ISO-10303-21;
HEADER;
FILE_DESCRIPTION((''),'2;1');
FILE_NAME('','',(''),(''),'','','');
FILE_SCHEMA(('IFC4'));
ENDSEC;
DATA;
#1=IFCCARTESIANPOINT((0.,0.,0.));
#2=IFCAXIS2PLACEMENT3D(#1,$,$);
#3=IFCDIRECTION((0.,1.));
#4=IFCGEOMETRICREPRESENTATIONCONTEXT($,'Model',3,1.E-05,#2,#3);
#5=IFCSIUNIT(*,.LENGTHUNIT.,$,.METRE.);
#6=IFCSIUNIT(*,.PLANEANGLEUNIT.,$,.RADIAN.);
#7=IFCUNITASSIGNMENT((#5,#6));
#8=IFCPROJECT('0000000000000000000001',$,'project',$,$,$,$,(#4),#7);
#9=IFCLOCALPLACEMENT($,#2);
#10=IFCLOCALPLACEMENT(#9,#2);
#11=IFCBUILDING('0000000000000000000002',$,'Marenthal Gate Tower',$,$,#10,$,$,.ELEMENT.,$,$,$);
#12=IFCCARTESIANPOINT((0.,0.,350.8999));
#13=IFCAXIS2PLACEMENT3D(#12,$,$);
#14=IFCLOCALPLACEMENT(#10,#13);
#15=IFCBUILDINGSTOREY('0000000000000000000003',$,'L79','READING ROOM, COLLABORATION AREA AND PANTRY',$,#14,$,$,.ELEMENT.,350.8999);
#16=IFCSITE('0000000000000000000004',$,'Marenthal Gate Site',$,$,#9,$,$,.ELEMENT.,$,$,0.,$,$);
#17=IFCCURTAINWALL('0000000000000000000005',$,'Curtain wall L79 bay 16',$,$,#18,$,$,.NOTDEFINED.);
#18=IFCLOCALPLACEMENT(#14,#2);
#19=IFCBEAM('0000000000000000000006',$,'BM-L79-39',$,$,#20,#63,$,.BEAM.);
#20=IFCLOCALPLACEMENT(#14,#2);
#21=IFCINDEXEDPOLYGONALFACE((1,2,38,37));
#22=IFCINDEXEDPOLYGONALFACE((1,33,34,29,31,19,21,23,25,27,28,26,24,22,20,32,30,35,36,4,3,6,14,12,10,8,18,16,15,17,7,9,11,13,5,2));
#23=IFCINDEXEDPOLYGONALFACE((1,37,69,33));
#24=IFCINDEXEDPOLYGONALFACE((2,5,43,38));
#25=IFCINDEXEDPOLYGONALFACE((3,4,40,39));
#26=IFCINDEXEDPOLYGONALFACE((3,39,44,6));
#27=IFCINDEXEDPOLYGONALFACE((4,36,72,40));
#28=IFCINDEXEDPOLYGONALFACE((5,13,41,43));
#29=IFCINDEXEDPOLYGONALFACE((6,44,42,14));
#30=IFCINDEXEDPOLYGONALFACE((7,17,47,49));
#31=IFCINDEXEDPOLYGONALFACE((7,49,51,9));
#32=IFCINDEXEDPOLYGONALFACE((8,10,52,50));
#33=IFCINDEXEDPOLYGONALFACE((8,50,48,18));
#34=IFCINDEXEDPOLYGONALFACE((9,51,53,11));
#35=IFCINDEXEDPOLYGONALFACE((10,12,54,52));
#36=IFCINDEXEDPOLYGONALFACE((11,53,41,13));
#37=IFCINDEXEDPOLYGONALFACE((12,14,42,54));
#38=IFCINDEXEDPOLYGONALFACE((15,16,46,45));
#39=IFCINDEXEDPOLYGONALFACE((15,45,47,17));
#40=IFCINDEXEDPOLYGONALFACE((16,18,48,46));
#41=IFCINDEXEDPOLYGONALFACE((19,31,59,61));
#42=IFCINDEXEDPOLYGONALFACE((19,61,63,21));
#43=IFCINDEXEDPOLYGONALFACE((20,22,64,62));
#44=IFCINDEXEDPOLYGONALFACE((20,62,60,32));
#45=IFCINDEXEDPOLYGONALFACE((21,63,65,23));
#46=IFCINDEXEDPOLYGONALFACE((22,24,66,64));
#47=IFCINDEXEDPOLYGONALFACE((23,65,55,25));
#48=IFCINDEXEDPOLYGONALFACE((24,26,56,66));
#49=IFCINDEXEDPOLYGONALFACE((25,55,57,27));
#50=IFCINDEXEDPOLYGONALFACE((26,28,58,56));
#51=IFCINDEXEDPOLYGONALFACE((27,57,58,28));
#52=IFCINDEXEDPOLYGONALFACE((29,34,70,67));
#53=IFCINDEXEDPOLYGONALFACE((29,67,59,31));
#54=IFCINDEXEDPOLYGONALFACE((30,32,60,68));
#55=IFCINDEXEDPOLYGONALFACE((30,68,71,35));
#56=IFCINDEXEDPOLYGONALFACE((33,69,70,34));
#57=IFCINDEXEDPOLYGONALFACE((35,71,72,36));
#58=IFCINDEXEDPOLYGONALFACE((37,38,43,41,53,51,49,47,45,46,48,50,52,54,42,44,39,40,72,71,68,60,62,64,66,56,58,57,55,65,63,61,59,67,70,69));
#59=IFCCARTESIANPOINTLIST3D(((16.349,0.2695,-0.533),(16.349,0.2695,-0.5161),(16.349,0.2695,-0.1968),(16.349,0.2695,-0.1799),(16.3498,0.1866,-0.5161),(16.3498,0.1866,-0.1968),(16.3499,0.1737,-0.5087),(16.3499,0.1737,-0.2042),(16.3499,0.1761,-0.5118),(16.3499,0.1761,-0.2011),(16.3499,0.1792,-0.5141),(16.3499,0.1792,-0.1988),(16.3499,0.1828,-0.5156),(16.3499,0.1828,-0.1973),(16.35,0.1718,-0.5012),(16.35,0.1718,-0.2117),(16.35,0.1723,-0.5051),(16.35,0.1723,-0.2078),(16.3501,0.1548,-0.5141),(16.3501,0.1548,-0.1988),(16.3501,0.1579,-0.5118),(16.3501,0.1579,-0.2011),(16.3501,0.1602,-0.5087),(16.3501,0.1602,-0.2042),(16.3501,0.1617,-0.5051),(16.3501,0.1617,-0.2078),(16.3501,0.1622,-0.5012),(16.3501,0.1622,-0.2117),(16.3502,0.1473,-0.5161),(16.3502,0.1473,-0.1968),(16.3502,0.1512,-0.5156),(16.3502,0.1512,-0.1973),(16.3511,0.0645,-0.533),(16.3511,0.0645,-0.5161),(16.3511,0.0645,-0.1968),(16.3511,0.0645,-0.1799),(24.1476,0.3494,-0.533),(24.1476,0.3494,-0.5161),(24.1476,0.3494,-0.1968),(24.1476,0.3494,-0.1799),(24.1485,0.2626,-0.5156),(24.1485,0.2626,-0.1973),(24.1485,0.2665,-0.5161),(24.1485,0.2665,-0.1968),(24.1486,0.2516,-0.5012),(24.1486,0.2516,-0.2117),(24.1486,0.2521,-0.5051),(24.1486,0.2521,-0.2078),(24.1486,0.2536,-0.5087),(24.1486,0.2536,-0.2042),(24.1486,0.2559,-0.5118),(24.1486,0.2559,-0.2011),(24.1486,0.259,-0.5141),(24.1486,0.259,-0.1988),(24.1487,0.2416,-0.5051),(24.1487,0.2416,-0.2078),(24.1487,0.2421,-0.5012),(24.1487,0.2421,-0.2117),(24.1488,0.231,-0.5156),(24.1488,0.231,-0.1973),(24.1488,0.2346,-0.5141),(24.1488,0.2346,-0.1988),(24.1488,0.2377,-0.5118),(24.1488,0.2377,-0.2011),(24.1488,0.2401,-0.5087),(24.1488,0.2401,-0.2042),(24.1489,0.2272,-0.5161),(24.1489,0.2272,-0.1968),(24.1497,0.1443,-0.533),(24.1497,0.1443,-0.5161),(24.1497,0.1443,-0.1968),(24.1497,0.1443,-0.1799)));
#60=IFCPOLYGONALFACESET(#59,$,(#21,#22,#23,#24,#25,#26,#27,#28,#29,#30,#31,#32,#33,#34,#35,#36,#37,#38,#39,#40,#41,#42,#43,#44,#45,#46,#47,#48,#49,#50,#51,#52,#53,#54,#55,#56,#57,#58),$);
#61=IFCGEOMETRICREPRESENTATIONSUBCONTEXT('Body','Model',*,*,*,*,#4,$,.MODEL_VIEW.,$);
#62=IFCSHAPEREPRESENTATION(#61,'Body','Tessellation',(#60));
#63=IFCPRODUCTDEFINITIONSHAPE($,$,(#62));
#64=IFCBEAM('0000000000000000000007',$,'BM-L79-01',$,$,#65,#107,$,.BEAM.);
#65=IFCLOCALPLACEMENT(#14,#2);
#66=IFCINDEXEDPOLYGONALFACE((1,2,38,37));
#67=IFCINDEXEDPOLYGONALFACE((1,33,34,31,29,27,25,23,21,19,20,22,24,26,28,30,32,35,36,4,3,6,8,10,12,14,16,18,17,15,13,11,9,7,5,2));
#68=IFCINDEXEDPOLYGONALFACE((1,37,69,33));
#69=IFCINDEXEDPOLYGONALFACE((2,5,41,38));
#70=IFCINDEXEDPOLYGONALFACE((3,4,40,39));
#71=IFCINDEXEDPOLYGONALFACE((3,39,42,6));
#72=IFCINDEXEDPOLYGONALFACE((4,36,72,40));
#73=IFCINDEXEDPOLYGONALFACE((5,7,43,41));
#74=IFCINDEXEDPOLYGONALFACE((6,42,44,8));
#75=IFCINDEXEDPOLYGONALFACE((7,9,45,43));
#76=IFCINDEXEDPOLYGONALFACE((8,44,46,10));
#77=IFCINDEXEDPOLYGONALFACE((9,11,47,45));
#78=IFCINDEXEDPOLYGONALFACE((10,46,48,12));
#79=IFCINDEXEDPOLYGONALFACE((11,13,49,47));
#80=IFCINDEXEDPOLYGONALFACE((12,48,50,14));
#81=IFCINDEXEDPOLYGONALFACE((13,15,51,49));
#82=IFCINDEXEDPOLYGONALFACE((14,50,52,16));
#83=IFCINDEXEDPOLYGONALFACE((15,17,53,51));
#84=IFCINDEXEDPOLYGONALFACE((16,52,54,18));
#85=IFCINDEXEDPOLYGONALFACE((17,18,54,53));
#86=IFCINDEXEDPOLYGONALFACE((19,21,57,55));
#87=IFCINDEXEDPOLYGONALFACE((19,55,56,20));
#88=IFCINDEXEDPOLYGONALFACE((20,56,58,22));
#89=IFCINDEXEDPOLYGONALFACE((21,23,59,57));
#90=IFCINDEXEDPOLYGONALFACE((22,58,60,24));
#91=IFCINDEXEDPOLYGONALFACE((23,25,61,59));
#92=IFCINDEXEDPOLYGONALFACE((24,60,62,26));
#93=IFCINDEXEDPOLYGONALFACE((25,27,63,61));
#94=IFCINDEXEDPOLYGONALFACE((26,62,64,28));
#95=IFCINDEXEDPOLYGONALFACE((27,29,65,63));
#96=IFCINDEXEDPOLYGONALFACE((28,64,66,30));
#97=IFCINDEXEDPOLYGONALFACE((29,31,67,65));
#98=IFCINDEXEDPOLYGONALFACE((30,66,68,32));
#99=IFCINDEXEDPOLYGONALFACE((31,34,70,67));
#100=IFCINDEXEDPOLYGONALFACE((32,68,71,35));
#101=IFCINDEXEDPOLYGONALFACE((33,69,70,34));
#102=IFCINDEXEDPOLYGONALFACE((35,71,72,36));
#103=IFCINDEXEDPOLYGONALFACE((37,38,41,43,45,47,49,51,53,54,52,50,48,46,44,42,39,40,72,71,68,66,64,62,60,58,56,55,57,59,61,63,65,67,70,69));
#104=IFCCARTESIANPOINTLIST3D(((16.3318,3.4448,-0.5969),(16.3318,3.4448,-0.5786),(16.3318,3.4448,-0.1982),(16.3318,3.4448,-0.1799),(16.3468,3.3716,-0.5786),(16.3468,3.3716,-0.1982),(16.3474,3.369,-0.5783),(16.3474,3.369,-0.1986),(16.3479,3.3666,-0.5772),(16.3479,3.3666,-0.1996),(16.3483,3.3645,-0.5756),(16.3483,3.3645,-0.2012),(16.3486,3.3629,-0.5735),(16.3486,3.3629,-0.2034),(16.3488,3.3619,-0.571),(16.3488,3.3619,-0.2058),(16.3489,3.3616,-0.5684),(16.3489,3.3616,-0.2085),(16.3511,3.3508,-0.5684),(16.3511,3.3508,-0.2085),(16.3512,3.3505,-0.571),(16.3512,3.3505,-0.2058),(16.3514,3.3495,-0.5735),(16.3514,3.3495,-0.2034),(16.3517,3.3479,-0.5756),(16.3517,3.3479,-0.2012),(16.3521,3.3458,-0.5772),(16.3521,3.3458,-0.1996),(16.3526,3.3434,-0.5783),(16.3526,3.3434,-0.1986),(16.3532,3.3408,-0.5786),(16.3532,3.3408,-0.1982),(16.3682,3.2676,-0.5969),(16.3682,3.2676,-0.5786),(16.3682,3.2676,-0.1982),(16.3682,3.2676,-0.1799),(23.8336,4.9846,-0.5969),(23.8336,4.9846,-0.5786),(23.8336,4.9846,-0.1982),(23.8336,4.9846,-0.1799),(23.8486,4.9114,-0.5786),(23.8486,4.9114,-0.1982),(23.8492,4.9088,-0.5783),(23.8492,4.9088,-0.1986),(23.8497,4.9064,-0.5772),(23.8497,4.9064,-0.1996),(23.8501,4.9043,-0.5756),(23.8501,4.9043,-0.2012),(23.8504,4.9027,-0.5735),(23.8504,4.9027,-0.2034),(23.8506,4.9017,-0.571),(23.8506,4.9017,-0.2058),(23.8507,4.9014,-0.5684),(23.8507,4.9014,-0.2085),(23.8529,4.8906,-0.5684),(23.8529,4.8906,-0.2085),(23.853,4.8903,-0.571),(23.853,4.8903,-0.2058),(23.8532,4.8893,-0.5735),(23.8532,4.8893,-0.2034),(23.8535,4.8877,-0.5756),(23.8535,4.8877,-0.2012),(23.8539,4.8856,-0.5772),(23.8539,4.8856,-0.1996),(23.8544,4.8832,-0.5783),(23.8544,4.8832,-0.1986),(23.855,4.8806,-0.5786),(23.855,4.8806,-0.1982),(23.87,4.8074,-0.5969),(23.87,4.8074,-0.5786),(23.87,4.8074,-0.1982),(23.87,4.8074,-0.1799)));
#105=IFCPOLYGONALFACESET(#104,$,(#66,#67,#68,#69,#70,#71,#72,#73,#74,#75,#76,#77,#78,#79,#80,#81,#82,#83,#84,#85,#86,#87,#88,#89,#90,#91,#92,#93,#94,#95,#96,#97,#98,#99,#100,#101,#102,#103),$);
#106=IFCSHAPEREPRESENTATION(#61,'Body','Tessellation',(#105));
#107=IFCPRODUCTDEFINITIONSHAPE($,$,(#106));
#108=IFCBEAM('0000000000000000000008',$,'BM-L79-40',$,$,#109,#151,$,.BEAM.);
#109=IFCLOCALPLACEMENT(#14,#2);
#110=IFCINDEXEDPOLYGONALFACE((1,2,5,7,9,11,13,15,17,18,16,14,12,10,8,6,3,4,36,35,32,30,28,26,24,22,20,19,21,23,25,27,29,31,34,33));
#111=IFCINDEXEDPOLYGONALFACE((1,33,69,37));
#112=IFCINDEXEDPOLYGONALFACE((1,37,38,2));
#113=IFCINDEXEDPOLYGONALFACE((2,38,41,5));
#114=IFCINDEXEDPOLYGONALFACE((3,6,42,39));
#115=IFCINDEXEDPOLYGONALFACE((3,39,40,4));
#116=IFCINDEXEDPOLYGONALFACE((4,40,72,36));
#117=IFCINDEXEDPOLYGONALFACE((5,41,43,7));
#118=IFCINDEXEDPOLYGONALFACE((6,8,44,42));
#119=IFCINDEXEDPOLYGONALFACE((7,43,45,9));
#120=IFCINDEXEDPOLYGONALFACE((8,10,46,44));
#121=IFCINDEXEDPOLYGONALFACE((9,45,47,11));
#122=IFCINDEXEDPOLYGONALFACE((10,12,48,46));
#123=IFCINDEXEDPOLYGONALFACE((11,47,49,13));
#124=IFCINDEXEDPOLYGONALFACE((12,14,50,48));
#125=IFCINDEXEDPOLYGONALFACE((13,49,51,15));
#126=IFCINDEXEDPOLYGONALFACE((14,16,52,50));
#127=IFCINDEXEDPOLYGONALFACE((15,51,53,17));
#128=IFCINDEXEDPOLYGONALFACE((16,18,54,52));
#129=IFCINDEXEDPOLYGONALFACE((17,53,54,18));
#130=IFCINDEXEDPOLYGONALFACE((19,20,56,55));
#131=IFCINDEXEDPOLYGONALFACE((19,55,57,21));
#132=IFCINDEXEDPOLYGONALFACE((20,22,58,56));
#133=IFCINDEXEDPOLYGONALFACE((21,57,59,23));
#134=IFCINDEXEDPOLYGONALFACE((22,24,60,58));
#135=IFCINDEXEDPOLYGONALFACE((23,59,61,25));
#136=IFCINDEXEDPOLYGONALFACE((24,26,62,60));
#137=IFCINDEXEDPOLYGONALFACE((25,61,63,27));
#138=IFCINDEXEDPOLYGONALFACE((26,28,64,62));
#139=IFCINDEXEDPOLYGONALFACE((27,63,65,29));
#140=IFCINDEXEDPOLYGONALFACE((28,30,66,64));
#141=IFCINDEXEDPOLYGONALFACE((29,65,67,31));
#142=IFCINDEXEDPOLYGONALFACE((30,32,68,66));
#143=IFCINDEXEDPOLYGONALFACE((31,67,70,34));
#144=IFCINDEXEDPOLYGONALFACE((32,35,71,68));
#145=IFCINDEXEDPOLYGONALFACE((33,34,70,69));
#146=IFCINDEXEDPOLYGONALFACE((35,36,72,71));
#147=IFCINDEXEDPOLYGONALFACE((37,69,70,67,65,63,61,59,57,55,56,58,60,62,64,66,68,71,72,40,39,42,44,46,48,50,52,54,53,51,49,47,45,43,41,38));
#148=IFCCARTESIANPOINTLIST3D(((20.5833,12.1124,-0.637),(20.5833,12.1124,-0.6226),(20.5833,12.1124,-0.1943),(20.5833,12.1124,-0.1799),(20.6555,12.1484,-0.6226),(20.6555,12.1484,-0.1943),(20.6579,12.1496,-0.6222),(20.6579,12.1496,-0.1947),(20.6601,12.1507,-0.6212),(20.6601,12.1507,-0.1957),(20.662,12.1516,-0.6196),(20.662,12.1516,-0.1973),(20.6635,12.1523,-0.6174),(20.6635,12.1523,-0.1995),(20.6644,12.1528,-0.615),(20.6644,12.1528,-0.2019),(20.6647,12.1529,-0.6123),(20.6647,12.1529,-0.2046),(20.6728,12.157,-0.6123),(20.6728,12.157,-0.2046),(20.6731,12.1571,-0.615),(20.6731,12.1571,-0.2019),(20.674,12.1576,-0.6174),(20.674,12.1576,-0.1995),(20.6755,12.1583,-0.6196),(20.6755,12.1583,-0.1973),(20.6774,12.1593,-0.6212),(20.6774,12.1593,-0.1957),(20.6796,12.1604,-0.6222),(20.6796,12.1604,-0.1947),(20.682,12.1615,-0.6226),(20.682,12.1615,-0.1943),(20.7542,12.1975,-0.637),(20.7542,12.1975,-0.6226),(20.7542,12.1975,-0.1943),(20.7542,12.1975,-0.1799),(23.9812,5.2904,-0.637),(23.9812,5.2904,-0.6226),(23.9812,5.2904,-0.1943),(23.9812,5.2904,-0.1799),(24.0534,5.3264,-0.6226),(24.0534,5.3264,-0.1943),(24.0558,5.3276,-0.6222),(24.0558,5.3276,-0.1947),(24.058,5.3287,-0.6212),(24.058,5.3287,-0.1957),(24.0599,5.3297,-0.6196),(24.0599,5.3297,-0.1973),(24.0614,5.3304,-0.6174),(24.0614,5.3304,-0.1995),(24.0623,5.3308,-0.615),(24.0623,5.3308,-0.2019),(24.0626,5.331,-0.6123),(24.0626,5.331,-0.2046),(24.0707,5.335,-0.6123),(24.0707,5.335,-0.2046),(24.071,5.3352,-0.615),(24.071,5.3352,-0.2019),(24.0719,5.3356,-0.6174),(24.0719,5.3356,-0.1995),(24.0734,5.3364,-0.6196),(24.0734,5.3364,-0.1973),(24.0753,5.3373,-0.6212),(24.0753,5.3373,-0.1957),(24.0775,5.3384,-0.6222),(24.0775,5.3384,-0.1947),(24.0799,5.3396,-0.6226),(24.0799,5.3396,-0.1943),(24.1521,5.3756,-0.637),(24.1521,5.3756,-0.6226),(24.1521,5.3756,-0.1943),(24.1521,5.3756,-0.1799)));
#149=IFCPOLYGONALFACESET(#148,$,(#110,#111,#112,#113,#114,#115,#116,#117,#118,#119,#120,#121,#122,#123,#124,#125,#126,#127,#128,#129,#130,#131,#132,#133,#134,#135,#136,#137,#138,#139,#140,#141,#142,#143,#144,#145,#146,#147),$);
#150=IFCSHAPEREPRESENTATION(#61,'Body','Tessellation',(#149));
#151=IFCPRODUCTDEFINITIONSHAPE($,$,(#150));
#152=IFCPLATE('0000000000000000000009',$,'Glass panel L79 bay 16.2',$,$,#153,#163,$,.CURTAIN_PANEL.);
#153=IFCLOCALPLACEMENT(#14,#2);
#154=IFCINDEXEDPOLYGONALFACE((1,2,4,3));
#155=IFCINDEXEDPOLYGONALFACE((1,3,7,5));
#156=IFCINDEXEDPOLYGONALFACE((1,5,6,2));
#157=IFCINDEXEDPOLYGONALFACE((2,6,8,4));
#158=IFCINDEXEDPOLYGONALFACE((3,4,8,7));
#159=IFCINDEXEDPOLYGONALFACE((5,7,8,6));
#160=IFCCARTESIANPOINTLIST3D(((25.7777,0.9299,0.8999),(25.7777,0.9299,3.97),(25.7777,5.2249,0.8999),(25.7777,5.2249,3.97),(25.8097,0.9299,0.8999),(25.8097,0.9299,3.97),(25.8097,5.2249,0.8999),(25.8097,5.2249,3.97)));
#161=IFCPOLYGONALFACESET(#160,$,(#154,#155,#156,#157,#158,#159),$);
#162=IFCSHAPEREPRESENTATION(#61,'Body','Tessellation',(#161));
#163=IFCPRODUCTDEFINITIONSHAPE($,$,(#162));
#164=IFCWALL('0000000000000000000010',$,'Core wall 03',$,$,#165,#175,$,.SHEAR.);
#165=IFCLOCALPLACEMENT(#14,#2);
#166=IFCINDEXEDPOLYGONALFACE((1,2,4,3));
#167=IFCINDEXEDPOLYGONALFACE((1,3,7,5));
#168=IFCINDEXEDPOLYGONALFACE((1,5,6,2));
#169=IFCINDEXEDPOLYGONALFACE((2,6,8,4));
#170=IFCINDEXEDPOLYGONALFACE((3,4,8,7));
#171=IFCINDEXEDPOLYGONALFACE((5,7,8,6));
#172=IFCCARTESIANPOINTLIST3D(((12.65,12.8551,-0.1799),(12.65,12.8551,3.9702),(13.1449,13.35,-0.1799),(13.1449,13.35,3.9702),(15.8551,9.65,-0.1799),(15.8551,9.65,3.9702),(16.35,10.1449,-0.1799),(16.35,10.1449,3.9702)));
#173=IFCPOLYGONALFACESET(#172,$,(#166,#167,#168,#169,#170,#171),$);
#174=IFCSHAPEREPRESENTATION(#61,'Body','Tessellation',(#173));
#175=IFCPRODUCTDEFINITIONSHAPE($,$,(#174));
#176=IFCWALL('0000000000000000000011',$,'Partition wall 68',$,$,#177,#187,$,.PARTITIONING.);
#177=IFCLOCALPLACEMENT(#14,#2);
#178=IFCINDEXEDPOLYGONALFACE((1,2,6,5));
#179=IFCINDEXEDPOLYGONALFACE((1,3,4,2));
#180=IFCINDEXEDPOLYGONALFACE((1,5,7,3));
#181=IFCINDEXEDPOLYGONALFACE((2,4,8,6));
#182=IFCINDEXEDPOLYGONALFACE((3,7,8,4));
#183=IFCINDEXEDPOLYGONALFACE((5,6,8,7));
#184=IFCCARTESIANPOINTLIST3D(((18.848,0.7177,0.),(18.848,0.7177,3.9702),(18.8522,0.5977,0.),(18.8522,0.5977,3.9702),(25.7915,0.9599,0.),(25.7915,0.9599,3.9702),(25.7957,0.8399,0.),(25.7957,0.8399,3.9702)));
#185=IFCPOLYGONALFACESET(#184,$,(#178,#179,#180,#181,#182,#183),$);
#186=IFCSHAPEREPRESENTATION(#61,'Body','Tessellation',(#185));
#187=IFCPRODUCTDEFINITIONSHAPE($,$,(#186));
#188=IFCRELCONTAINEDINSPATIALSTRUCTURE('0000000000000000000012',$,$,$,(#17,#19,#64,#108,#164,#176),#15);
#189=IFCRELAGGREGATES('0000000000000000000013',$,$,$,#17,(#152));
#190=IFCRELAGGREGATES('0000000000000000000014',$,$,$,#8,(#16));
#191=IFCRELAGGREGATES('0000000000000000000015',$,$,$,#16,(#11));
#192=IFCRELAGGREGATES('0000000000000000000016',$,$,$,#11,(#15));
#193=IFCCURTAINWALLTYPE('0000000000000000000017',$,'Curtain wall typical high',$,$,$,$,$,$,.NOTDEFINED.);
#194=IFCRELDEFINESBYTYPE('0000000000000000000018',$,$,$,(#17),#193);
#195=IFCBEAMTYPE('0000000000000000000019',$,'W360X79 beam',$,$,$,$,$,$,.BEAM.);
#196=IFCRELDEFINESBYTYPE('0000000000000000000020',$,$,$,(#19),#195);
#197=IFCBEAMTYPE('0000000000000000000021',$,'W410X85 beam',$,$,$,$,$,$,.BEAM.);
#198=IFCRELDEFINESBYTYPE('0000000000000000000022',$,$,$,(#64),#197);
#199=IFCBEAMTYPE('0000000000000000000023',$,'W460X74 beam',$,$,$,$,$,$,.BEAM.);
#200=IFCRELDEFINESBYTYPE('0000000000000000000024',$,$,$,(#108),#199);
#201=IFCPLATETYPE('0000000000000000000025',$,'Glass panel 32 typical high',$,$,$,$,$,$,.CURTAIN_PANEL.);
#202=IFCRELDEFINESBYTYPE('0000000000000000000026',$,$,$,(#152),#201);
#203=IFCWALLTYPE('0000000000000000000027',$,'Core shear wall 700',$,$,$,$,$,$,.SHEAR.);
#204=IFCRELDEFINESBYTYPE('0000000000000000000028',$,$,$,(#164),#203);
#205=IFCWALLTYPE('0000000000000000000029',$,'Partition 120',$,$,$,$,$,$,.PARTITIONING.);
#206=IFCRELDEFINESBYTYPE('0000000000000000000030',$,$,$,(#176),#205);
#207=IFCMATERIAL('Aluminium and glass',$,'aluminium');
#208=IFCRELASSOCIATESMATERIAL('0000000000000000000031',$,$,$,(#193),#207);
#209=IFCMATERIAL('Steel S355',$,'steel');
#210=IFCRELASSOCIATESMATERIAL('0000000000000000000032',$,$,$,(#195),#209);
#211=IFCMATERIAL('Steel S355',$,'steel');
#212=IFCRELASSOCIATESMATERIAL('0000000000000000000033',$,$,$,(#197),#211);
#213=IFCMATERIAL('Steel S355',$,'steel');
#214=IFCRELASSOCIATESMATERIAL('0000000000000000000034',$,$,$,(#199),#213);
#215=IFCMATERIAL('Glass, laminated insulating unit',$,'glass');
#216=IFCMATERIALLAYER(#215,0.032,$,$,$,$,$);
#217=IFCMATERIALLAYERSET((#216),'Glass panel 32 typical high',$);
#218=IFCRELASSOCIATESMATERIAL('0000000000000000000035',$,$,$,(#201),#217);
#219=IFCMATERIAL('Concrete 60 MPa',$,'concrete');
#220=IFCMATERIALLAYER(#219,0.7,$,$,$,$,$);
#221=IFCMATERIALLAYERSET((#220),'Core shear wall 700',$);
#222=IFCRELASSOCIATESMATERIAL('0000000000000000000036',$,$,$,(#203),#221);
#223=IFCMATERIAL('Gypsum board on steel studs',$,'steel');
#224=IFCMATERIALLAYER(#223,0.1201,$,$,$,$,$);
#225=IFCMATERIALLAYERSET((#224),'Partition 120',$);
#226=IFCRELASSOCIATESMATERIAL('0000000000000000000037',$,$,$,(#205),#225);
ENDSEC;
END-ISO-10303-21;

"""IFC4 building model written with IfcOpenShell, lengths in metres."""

from ifc_helpers import new_model, si_unit, direction, frame, frame_2d, origin, origin_2d, place, context, subcontext, project, spatial, rectangle, i_section, extrude, material, layer, layer_set, material_profile, profile_set, type_object, element, aggregate, save


model = new_model("IFC4")

# Units and contexts
model_context = context("Model", 3, precision=1e-05, world=origin(), true_north=direction((0.0, 1.0)))
body_context = subcontext(model_context, "Body", "Model", "MODEL_VIEW")
ifc_project = project(units=[si_unit("LENGTHUNIT", "METRE"), si_unit("PLANEANGLEUNIT", "RADIAN")], contexts=[model_context])

# Site, building, storey
site_placement = place(None, origin())
site = spatial("IfcSite", under=ifc_project, at=site_placement, Name="Marenthal Gate Site", CompositionType="ELEMENT", RefElevation=0.0)
building_placement = place(site_placement, origin())
building = spatial("IfcBuilding", under=site, at=building_placement, Name="Marenthal Gate Tower", CompositionType="ELEMENT")
storey_placement = place(building_placement, frame((0.0, 0.0, 350.8999)))
storey = spatial("IfcBuildingStorey", under=building, at=storey_placement, Name="L79", Description="READING ROOM, COLLABORATION AREA AND PANTRY", CompositionType="ELEMENT", Elevation=350.8999)

# Curtain wall
ifc_material_1 = material(Name="Aluminium and glass", Category="aluminium")
curtain_wall_type = type_object("IfcCurtainWallType", Name="Curtain wall typical high", PredefinedType="NOTDEFINED", material=ifc_material_1)
curtain_wall_placement = place(storey_placement, origin())
curtain_wall = element("IfcCurtainWall", 1, at=curtain_wall_placement, inside=storey, type_object=curtain_wall_type, Name="Curtain wall L79 bay 16", PredefinedType="NOTDEFINED")

# Beams
ifc_material_2 = material(Name="Steel S355", Category="steel")
ifc_material_profile_1 = material_profile(ifc_material_2, i_section(OverallWidth=0.2051, OverallDepth=0.353, WebThickness=0.0095, FlangeThickness=0.0168, FilletRadius=0.0149, at=origin_2d()), Name="W360X79")
ifc_profile_set_1 = profile_set([ifc_material_profile_1], Name="Steel S355")
beam_type_1 = type_object("IfcBeamType", Name="W360X79 beam", PredefinedType="BEAM", material=ifc_profile_set_1)
beam_1_placement = place(storey_placement, frame((24.1487, 0.2468, -0.3564), z_axis=(-0.999948, -0.010236, 0.0), x_axis=(0.010236, -0.999948, 0.0)))
element("IfcBeam", 2, at=beam_1_placement, inside=storey, type_object=beam_type_1, Name="BM-L79-39", PredefinedType="BEAM", context=body_context, shape_type="SweptSolid", body=[
    extrude(i_section(OverallWidth=0.2051, OverallDepth=0.353, WebThickness=0.0095, FlangeThickness=0.0168, FilletRadius=0.0149, at=origin_2d()), origin(), (0.0, 0.0, 1.0), 7.7991),
])
ifc_material_3 = material(Name="Steel S355", Category="steel")
ifc_material_profile_2 = material_profile(ifc_material_3, i_section(OverallWidth=0.1809, OverallDepth=0.417, WebThickness=0.011, FlangeThickness=0.0183, FilletRadius=0.0103, at=origin_2d()), Name="W410X85")
ifc_profile_set_2 = profile_set([ifc_material_profile_2], Name="Steel S355")
beam_type_2 = type_object("IfcBeamType", Name="W410X85 beam", PredefinedType="BEAM", material=ifc_profile_set_2)
beam_2_placement = place(storey_placement, frame((23.8518, 4.896, -0.3884), z_axis=(-0.979577, -0.201067, 0.0), x_axis=(0.201067, -0.979577, 0.0)))
element("IfcBeam", 3, at=beam_2_placement, inside=storey, type_object=beam_type_2, Name="BM-L79-01", PredefinedType="BEAM", context=body_context, shape_type="SweptSolid", body=[
    extrude(i_section(OverallWidth=0.1809, OverallDepth=0.417, WebThickness=0.011, FlangeThickness=0.0183, FilletRadius=0.0103, at=origin_2d()), origin(), (0.0, 0.0, 1.0), 7.6582),
])
ifc_material_4 = material(Name="Steel S355", Category="steel")
ifc_material_profile_3 = material_profile(ifc_material_4, i_section(OverallWidth=0.1909, OverallDepth=0.457, WebThickness=0.009, FlangeThickness=0.0144, FilletRadius=0.0103, at=origin_2d()), Name="W460X74")
ifc_profile_set_3 = profile_set([ifc_material_profile_3], Name="Steel S355")
beam_type_3 = type_object("IfcBeamType", Name="W460X74 beam", PredefinedType="BEAM", material=ifc_profile_set_3)
beam_3_placement = place(storey_placement, frame((24.0667, 5.333, -0.4084), z_axis=(-0.445842, 0.895112, 0.0), x_axis=(-0.895112, -0.445842, 0.0)))
element("IfcBeam", 4, at=beam_3_placement, inside=storey, type_object=beam_type_3, Name="BM-L79-40", PredefinedType="BEAM", context=body_context, shape_type="SweptSolid", body=[
    extrude(i_section(OverallWidth=0.1909, OverallDepth=0.457, WebThickness=0.009, FlangeThickness=0.0144, FilletRadius=0.0103, at=origin_2d()), origin(), (0.0, 0.0, 1.0), 7.6213),
])

# Plate
ifc_material_5 = material(Name="Glass, laminated insulating unit", Category="glass")
ifc_layer_1 = layer(ifc_material_5, 0.032)
ifc_layer_set_1 = layer_set([ifc_layer_1], Name="Glass panel 32 typical high")
plate_type = type_object("IfcPlateType", Name="Glass panel 32 typical high", PredefinedType="CURTAIN_PANEL", material=ifc_layer_set_1)
plate_placement = place(storey_placement, frame((25.7937, 3.0774, 0.8999), z_axis=(0.0, 0.0, 1.0), x_axis=(0.0, 1.0, 0.0)))
plate = element("IfcPlate", 5, at=plate_placement, type_object=plate_type, Name="Glass panel L79 bay 16.2", PredefinedType="CURTAIN_PANEL", context=body_context, shape_type="SweptSolid", body=[
    extrude(rectangle(XDim=4.2949, YDim=0.032, at=origin_2d()), origin(), (0.0, 0.0, 1.0), 3.0701),
])
aggregate(curtain_wall, [plate])

# Walls
ifc_material_6 = material(Name="Concrete 60 MPa", Category="concrete")
ifc_layer_2 = layer(ifc_material_6, 0.7)
ifc_layer_set_2 = layer_set([ifc_layer_2], Name="Core shear wall 700")
wall_type_1 = type_object("IfcWallType", Name="Core shear wall 700", PredefinedType="SHEAR", material=ifc_layer_set_2)
wall_1_placement = place(storey_placement, frame((16.1025, 9.8975, -0.1799), z_axis=(0.0, 0.0, 1.0), x_axis=(-0.707107, 0.707107, 0.0)))
element("IfcWall", 6, at=wall_1_placement, inside=storey, type_object=wall_type_1, Name="Core wall 03", PredefinedType="SHEAR", context=body_context, shape_type="SweptSolid", body=[
    extrude(rectangle(XDim=4.5327, YDim=0.7, at=frame_2d((2.2664, 0.0))), origin(), (0.0, 0.0, 1.0), 4.1501),
])
ifc_material_7 = material(Name="Gypsum board on steel studs", Category="steel")
ifc_layer_3 = layer(ifc_material_7, 0.1201)
ifc_layer_set_3 = layer_set([ifc_layer_3], Name="Partition 120")
wall_type_2 = type_object("IfcWallType", Name="Partition 120", PredefinedType="PARTITIONING", material=ifc_layer_set_3)
wall_2_placement = place(storey_placement, frame((18.8501, 0.6577, 0.0), z_axis=(0.0, 0.0, 1.0), x_axis=(0.999392, 0.034858, 0.0)))
element("IfcWall", 7, at=wall_2_placement, inside=storey, type_object=wall_type_2, Name="Partition wall 68", PredefinedType="PARTITIONING", context=body_context, shape_type="SweptSolid", body=[
    extrude(rectangle(XDim=6.9478, YDim=0.1201, at=frame_2d((3.4739, 0.0))), origin(), (0.0, 0.0, 1.0), 3.9702),
])

save(model, "model.ifc")
